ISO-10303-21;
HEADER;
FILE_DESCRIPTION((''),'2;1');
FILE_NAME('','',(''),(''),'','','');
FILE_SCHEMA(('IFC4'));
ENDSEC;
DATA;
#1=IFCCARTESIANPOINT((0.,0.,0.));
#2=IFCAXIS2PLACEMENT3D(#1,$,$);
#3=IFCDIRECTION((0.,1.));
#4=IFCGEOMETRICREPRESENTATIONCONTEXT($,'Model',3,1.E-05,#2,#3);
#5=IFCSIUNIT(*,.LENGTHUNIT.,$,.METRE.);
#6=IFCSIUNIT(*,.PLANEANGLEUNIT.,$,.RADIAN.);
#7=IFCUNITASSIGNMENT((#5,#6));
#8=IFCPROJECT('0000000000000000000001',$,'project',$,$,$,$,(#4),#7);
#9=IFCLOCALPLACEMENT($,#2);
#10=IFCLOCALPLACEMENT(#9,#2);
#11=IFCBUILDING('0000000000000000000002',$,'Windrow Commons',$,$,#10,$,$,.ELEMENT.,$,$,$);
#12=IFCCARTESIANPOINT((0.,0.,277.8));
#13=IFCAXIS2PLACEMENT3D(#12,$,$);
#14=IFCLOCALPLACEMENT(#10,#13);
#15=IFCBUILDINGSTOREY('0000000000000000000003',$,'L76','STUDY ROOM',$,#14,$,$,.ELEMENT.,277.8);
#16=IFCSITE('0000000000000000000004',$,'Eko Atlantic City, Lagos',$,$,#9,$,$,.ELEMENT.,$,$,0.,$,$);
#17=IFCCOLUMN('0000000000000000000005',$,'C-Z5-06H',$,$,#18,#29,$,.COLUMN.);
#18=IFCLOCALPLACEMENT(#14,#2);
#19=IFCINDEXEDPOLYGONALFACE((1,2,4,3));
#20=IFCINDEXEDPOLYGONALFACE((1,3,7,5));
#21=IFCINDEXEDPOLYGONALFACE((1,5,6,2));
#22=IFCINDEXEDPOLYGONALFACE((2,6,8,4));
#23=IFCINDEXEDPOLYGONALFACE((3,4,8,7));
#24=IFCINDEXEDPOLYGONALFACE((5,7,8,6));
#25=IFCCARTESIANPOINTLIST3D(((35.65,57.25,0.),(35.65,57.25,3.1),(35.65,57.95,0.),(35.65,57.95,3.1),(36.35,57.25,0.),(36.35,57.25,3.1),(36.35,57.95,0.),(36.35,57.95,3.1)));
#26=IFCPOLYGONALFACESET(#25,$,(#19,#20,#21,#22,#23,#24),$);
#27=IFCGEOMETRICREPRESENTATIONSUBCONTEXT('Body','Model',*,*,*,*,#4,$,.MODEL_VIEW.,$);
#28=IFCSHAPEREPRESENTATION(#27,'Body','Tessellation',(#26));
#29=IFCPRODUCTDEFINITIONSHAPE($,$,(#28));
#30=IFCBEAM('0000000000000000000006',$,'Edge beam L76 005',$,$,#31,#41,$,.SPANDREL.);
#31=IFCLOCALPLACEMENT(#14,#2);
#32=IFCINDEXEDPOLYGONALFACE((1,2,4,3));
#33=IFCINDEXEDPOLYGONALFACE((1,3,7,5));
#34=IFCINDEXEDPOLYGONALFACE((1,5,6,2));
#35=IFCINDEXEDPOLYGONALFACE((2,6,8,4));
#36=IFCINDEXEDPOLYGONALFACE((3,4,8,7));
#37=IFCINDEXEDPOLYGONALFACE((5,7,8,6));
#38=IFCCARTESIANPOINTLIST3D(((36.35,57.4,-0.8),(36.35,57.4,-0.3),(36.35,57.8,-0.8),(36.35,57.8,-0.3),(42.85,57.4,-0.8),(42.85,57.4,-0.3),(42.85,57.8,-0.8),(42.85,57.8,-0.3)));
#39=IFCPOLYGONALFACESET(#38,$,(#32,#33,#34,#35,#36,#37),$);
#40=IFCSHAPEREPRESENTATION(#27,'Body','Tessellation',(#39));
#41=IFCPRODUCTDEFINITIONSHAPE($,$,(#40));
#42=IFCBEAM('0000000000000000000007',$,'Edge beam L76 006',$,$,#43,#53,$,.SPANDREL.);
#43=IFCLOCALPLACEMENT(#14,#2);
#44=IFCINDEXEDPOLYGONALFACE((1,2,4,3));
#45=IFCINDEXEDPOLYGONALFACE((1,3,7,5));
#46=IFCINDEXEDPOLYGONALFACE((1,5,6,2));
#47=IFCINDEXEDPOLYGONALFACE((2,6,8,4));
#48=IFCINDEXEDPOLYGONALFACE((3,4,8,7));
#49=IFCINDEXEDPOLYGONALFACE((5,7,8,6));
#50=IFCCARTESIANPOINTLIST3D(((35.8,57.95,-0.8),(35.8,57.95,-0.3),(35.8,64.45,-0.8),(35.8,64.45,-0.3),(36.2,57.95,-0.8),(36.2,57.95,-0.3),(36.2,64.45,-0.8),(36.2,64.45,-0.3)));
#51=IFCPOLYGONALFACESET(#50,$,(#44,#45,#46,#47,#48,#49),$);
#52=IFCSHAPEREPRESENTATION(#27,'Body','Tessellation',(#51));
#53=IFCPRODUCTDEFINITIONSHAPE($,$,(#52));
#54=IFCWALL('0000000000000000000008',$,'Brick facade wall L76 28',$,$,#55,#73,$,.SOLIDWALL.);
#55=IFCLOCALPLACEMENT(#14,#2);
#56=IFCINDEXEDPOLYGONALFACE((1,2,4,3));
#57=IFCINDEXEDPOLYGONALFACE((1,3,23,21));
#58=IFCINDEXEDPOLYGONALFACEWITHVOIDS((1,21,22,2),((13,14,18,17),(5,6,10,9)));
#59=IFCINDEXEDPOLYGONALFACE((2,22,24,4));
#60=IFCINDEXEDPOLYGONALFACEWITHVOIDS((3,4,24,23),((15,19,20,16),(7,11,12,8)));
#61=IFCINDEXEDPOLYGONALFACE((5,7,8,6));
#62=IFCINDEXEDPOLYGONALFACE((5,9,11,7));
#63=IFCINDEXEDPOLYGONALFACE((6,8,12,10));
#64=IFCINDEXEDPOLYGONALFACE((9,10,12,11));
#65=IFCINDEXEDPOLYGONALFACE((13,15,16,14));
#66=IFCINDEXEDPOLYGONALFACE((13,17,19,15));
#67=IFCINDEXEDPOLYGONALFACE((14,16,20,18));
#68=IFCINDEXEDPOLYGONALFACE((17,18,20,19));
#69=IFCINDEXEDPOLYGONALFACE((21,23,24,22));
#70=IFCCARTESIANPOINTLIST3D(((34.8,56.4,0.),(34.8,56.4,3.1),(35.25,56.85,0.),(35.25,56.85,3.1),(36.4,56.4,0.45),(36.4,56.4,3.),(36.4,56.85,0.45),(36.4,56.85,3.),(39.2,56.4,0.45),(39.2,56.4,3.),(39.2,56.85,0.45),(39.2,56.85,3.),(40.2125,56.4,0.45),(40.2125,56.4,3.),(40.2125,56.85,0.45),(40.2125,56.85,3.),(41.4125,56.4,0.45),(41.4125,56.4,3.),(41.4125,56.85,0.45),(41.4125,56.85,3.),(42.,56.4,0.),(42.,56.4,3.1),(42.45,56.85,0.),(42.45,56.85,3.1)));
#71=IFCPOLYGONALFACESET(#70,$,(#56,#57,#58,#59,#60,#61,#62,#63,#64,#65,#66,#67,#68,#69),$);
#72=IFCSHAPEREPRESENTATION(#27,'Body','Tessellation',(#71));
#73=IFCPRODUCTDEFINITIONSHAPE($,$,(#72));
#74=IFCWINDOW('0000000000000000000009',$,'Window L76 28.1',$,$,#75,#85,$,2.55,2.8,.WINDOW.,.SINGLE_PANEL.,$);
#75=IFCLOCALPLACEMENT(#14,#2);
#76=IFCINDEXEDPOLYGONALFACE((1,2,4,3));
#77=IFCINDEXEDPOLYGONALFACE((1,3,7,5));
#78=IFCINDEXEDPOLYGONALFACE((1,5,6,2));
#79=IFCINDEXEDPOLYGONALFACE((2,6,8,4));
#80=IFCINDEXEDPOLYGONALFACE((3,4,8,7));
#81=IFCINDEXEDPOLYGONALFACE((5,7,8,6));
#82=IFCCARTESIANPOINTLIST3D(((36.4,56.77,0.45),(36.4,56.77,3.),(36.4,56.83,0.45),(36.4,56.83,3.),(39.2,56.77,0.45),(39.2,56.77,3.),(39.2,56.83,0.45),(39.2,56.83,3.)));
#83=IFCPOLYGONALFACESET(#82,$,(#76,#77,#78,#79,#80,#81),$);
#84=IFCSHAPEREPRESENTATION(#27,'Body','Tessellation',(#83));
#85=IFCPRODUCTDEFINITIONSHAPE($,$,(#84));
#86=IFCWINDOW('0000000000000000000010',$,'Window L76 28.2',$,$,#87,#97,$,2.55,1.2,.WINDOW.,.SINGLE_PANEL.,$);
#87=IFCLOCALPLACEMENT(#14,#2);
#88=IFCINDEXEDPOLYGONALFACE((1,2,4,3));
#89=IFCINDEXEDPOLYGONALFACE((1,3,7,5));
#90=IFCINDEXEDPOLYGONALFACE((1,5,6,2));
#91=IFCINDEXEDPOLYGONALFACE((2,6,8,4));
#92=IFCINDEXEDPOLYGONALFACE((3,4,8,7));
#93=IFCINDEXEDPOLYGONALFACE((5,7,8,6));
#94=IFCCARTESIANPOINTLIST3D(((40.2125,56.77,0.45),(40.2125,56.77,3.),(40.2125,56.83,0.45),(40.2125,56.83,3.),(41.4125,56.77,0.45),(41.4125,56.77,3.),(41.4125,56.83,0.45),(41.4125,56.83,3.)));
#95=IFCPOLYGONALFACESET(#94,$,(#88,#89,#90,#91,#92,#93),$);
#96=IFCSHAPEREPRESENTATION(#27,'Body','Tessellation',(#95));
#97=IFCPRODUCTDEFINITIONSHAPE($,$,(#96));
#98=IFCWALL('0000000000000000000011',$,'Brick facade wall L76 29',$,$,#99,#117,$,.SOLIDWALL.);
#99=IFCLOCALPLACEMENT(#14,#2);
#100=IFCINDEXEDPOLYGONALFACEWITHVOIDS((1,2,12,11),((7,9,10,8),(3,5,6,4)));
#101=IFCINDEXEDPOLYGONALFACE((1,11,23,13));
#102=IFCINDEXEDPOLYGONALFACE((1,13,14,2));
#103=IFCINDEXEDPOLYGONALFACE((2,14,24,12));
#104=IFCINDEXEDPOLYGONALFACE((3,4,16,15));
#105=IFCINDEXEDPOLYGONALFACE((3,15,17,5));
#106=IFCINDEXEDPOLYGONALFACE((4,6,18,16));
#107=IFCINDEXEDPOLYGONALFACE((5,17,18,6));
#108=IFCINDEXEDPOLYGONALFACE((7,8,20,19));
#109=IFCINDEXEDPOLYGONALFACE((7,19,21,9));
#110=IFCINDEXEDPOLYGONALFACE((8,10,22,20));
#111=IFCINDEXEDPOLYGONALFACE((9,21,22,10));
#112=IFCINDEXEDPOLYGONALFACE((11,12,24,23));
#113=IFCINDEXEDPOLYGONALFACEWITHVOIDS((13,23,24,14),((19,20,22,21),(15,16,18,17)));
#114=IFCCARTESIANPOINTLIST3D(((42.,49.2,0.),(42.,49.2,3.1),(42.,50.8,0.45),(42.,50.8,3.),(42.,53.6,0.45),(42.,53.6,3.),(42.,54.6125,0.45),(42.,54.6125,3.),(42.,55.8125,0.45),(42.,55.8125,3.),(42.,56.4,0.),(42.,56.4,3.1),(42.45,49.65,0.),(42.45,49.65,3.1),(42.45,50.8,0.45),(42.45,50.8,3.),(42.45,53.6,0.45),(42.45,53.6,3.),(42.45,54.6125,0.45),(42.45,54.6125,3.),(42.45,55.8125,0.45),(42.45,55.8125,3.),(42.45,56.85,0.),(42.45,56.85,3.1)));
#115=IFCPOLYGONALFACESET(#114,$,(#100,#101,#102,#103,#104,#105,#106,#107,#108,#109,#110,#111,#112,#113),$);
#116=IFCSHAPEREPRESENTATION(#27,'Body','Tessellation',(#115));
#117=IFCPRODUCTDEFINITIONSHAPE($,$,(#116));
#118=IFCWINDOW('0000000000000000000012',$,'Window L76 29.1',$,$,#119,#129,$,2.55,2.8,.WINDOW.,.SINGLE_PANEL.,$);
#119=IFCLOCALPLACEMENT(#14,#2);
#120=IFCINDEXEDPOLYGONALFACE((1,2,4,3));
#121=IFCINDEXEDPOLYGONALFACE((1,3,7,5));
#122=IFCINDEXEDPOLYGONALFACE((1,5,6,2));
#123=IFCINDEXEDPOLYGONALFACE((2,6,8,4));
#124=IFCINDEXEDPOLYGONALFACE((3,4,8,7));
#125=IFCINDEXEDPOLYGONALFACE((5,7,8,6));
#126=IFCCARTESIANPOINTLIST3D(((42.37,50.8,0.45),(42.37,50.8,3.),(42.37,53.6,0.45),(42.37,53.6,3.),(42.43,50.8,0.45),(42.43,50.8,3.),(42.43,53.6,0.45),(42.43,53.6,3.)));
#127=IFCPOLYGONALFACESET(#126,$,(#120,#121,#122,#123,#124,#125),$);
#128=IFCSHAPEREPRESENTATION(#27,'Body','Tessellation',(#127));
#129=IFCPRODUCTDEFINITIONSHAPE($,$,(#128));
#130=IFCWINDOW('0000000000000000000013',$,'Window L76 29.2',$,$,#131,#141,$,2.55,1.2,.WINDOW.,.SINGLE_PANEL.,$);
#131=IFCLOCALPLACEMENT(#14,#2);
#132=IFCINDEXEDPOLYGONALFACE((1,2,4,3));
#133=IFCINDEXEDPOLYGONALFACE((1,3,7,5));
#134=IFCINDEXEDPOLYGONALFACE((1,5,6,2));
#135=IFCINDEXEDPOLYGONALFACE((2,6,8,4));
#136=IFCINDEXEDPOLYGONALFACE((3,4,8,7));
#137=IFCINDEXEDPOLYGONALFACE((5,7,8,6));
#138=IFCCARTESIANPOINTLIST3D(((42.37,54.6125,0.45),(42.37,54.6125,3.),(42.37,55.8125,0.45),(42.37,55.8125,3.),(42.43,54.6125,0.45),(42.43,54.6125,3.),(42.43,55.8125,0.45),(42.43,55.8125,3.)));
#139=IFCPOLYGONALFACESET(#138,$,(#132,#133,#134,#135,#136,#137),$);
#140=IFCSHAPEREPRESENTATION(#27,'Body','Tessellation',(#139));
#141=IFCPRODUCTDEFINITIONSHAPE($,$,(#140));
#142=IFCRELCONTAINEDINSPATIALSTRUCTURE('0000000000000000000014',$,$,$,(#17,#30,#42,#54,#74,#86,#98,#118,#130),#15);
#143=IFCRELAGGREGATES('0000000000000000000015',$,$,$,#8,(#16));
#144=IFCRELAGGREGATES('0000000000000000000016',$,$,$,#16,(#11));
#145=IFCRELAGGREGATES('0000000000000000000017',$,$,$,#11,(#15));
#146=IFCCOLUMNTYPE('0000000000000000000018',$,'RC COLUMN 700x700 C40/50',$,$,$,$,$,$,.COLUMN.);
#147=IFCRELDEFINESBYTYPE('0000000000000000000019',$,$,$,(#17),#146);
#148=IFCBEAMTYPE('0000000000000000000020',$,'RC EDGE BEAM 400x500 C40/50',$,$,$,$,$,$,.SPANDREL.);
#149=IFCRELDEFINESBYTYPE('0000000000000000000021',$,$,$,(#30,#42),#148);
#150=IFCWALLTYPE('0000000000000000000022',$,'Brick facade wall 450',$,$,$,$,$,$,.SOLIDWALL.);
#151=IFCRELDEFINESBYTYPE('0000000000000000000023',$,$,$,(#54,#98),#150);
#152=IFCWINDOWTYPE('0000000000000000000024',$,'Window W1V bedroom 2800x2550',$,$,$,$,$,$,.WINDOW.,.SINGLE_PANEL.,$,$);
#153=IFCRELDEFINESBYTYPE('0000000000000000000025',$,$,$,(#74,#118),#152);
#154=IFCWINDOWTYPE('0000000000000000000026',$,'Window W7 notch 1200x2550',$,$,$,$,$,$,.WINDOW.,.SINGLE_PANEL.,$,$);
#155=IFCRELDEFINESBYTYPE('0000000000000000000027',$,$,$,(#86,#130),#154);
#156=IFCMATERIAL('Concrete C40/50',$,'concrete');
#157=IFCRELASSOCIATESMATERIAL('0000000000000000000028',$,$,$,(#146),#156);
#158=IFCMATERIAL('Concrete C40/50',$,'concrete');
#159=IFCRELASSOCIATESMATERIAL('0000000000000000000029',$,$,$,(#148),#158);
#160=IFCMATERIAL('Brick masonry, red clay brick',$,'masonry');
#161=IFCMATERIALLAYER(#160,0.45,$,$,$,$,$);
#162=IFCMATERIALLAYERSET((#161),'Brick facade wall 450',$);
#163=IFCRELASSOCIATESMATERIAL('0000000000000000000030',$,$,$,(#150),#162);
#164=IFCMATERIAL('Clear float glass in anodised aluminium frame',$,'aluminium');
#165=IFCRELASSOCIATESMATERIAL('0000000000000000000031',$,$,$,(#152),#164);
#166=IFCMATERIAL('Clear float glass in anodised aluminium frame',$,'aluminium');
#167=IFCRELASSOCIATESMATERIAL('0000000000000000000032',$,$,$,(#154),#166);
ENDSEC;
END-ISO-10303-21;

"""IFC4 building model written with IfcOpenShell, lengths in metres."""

from ifc_helpers import new_model, si_unit, direction, frame, frame_2d, origin, origin_2d, place, context, subcontext, project, spatial, polyline, rectangle, outline, extrude, material, layer, layer_set, material_profile, profile_set, type_object, element, fill, save


model = new_model("IFC4")

# Units and contexts
model_context = context("Model", 3, precision=1e-05, world=origin(), true_north=direction((0.0, 1.0)))
body_context = subcontext(model_context, "Body", "Model", "MODEL_VIEW")
ifc_project = project(units=[si_unit("LENGTHUNIT", "METRE"), si_unit("PLANEANGLEUNIT", "RADIAN")], contexts=[model_context])

# Site, building, storey
site_placement = place(None, origin())
site = spatial("IfcSite", under=ifc_project, at=site_placement, Name="Eko Atlantic City, Lagos", CompositionType="ELEMENT", RefElevation=0.0)
building_placement = place(site_placement, origin())
building = spatial("IfcBuilding", under=site, at=building_placement, Name="Windrow Commons", CompositionType="ELEMENT")
storey_placement = place(building_placement, frame((0.0, 0.0, 277.8)))
storey = spatial("IfcBuildingStorey", under=building, at=storey_placement, Name="L76", Description="STUDY ROOM", CompositionType="ELEMENT", Elevation=277.8)

# Column
ifc_material_1 = material(Name="Concrete C40/50", Category="concrete")
ifc_material_profile_1 = material_profile(ifc_material_1, rectangle(XDim=0.7, YDim=0.7, at=origin_2d()))
ifc_profile_set_1 = profile_set([ifc_material_profile_1], Name="Concrete C40/50")
column_type = type_object("IfcColumnType", Name="RC COLUMN 700x700 C40/50", PredefinedType="COLUMN", material=ifc_profile_set_1)
column_placement = place(storey_placement, frame((36.0, 57.6, 0.0), z_axis=(0.0, 0.0, 1.0), x_axis=(1.0, 0.0, 0.0)))
element("IfcColumn", 1, at=column_placement, inside=storey, type_object=column_type, Name="C-Z5-06H", PredefinedType="COLUMN", context=body_context, shape_type="SweptSolid", body=[
    extrude(rectangle(XDim=0.7, YDim=0.7, at=origin_2d()), origin(), (0.0, 0.0, 1.0), 3.1),
])

# Beams
ifc_material_2 = material(Name="Concrete C40/50", Category="concrete")
ifc_material_profile_2 = material_profile(ifc_material_2, rectangle(XDim=0.4, YDim=0.5, at=origin_2d()))
ifc_profile_set_2 = profile_set([ifc_material_profile_2], Name="Concrete C40/50")
beam_type = type_object("IfcBeamType", Name="RC EDGE BEAM 400x500 C40/50", PredefinedType="SPANDREL", material=ifc_profile_set_2)
for number, where, z_axis, x_axis, name in (
    (2, (42.85, 57.6, -0.55), (-1.0, 0.0, 0.0), (0.0, -1.0, 0.0), "Edge beam L76 005"),
    (3, (36.0, 57.95, -0.55), (0.0, 1.0, 0.0), (-1.0, 0.0, 0.0), "Edge beam L76 006"),
):
    element("IfcBeam", number, at=place(storey_placement, frame(where, z_axis=z_axis, x_axis=x_axis)), inside=storey, type_object=beam_type, Name=name, PredefinedType="SPANDREL", context=body_context, shape_type="SweptSolid", body=[
        extrude(rectangle(XDim=0.4, YDim=0.5, at=origin_2d()), origin(), (0.0, 0.0, 1.0), 6.5),
    ])

# Walls, openings, windows
ifc_material_3 = material(Name="Brick masonry, red clay brick", Category="masonry")
ifc_layer_1 = layer(ifc_material_3, 0.45)
ifc_layer_set_1 = layer_set([ifc_layer_1], Name="Brick facade wall 450")
wall_type_1 = type_object("IfcWallType", Name="Brick facade wall 450", PredefinedType="SOLIDWALL", material=ifc_layer_set_1)
wall_1_placement = place(storey_placement, frame((35.025, 56.625, 0.0), z_axis=(0.0, 0.0, 1.0), x_axis=(1.0, 0.0, 0.0)))
wall_1 = element("IfcWall", 4, at=wall_1_placement, inside=storey, type_object=wall_type_1, Name="Brick facade wall L76 28", PredefinedType="SOLIDWALL", context=body_context, shape_type="SweptSolid", body=[
    extrude(outline(polyline([(-0.225, -0.225), (6.975, -0.225), (7.425, 0.225), (0.225, 0.225), (-0.225, -0.225)])), origin(), (0.0, 0.0, 1.0), 3.1),
])
opening_1_placement = place(wall_1_placement, frame((1.375, 0.0, 0.45)))
opening_1 = element("IfcOpeningElement", 5, at=opening_1_placement, cuts=wall_1, PredefinedType="OPENING", context=body_context, shape_type="SweptSolid", body=[
    extrude(rectangle(XDim=2.8, YDim=2.55, at=frame_2d((1.4, 1.275))), frame((0.0, 0.235, 0.0), z_axis=(0.0, -1.0, 0.0), x_axis=(1.0, 0.0, 0.0)), (0.0, 0.0, 1.0), 0.47),
])
opening_2_placement = place(wall_1_placement, frame((5.1875, 0.0, 0.45)))
opening_2 = element("IfcOpeningElement", 6, at=opening_2_placement, cuts=wall_1, PredefinedType="OPENING", context=body_context, shape_type="SweptSolid", body=[
    extrude(rectangle(XDim=1.2, YDim=2.55, at=frame_2d((0.6, 1.275))), frame((0.0, 0.235, 0.0), z_axis=(0.0, -1.0, 0.0), x_axis=(1.0, 0.0, 0.0)), (0.0, 0.0, 1.0), 0.47),
])
ifc_material_4 = material(Name="Clear float glass in anodised aluminium frame", Category="aluminium")
window_type_1 = type_object("IfcWindowType", Name="Window W1V bedroom 2800x2550", PartitioningType="SINGLE_PANEL", PredefinedType="WINDOW", material=ifc_material_4)
window_1_placement = place(opening_1_placement, origin())
window_1 = element("IfcWindow", 7, at=window_1_placement, inside=storey, type_object=window_type_1, Name="Window L76 28.1", OverallHeight=2.55, OverallWidth=2.8, PartitioningType="SINGLE_PANEL", PredefinedType="WINDOW", context=body_context, shape_type="SweptSolid", body=[
    extrude(rectangle(XDim=2.8, YDim=2.55, at=frame_2d((1.4, 1.275))), frame((0.0, 0.205, 0.0), z_axis=(0.0, -1.0, 0.0), x_axis=(1.0, 0.0, 0.0)), (0.0, 0.0, 1.0), 0.06),
])
fill(opening_1, window_1)
ifc_material_5 = material(Name="Clear float glass in anodised aluminium frame", Category="aluminium")
window_type_2 = type_object("IfcWindowType", Name="Window W7 notch 1200x2550", PartitioningType="SINGLE_PANEL", PredefinedType="WINDOW", material=ifc_material_5)
window_2_placement = place(opening_2_placement, origin())
window_2 = element("IfcWindow", 8, at=window_2_placement, inside=storey, type_object=window_type_2, Name="Window L76 28.2", OverallHeight=2.55, OverallWidth=1.2, PartitioningType="SINGLE_PANEL", PredefinedType="WINDOW", context=body_context, shape_type="SweptSolid", body=[
    extrude(rectangle(XDim=1.2, YDim=2.55, at=frame_2d((0.6, 1.275))), frame((0.0, 0.205, 0.0), z_axis=(0.0, -1.0, 0.0), x_axis=(1.0, 0.0, 0.0)), (0.0, 0.0, 1.0), 0.06),
])
fill(opening_2, window_2)
wall_2_placement = place(storey_placement, frame((42.225, 56.625, 0.0), z_axis=(0.0, 0.0, 1.0), x_axis=(0.0, -1.0, 0.0)))
wall_2 = element("IfcWall", 9, at=wall_2_placement, inside=storey, type_object=wall_type_1, Name="Brick facade wall L76 29", PredefinedType="SOLIDWALL", context=body_context, shape_type="SweptSolid", body=[
    extrude(outline(polyline([(0.225, -0.225), (7.425, -0.225), (6.975, 0.225), (-0.225, 0.225), (0.225, -0.225)])), origin(), (0.0, 0.0, 1.0), 3.1),
])
opening_3_placement = place(wall_2_placement, frame((3.025, 0.0, 0.45)))
opening_3 = element("IfcOpeningElement", 10, at=opening_3_placement, cuts=wall_2, PredefinedType="OPENING", context=body_context, shape_type="SweptSolid", body=[
    extrude(rectangle(XDim=2.8, YDim=2.55, at=frame_2d((1.4, 1.275))), frame((0.0, 0.235, 0.0), z_axis=(0.0, -1.0, 0.0), x_axis=(1.0, 0.0, 0.0)), (0.0, 0.0, 1.0), 0.47),
])
opening_4_placement = place(wall_2_placement, frame((0.8125, 0.0, 0.45)))
opening_4 = element("IfcOpeningElement", 11, at=opening_4_placement, cuts=wall_2, PredefinedType="OPENING", context=body_context, shape_type="SweptSolid", body=[
    extrude(rectangle(XDim=1.2, YDim=2.55, at=frame_2d((0.6, 1.275))), frame((0.0, 0.235, 0.0), z_axis=(0.0, -1.0, 0.0), x_axis=(1.0, 0.0, 0.0)), (0.0, 0.0, 1.0), 0.47),
])
window_3_placement = place(opening_3_placement, origin())
window_3 = element("IfcWindow", 12, at=window_3_placement, inside=storey, type_object=window_type_1, Name="Window L76 29.1", OverallHeight=2.55, OverallWidth=2.8, PartitioningType="SINGLE_PANEL", PredefinedType="WINDOW", context=body_context, shape_type="SweptSolid", body=[
    extrude(rectangle(XDim=2.8, YDim=2.55, at=frame_2d((1.4, 1.275))), frame((0.0, 0.205, 0.0), z_axis=(0.0, -1.0, 0.0), x_axis=(1.0, 0.0, 0.0)), (0.0, 0.0, 1.0), 0.06),
])
fill(opening_3, window_3)
window_4_placement = place(opening_4_placement, origin())
window_4 = element("IfcWindow", 13, at=window_4_placement, inside=storey, type_object=window_type_2, Name="Window L76 29.2", OverallHeight=2.55, OverallWidth=1.2, PartitioningType="SINGLE_PANEL", PredefinedType="WINDOW", context=body_context, shape_type="SweptSolid", body=[
    extrude(rectangle(XDim=1.2, YDim=2.55, at=frame_2d((0.6, 1.275))), frame((0.0, 0.205, 0.0), z_axis=(0.0, -1.0, 0.0), x_axis=(1.0, 0.0, 0.0)), (0.0, 0.0, 1.0), 0.06),
])
fill(opening_4, window_4)

save(model, "model.ifc")
